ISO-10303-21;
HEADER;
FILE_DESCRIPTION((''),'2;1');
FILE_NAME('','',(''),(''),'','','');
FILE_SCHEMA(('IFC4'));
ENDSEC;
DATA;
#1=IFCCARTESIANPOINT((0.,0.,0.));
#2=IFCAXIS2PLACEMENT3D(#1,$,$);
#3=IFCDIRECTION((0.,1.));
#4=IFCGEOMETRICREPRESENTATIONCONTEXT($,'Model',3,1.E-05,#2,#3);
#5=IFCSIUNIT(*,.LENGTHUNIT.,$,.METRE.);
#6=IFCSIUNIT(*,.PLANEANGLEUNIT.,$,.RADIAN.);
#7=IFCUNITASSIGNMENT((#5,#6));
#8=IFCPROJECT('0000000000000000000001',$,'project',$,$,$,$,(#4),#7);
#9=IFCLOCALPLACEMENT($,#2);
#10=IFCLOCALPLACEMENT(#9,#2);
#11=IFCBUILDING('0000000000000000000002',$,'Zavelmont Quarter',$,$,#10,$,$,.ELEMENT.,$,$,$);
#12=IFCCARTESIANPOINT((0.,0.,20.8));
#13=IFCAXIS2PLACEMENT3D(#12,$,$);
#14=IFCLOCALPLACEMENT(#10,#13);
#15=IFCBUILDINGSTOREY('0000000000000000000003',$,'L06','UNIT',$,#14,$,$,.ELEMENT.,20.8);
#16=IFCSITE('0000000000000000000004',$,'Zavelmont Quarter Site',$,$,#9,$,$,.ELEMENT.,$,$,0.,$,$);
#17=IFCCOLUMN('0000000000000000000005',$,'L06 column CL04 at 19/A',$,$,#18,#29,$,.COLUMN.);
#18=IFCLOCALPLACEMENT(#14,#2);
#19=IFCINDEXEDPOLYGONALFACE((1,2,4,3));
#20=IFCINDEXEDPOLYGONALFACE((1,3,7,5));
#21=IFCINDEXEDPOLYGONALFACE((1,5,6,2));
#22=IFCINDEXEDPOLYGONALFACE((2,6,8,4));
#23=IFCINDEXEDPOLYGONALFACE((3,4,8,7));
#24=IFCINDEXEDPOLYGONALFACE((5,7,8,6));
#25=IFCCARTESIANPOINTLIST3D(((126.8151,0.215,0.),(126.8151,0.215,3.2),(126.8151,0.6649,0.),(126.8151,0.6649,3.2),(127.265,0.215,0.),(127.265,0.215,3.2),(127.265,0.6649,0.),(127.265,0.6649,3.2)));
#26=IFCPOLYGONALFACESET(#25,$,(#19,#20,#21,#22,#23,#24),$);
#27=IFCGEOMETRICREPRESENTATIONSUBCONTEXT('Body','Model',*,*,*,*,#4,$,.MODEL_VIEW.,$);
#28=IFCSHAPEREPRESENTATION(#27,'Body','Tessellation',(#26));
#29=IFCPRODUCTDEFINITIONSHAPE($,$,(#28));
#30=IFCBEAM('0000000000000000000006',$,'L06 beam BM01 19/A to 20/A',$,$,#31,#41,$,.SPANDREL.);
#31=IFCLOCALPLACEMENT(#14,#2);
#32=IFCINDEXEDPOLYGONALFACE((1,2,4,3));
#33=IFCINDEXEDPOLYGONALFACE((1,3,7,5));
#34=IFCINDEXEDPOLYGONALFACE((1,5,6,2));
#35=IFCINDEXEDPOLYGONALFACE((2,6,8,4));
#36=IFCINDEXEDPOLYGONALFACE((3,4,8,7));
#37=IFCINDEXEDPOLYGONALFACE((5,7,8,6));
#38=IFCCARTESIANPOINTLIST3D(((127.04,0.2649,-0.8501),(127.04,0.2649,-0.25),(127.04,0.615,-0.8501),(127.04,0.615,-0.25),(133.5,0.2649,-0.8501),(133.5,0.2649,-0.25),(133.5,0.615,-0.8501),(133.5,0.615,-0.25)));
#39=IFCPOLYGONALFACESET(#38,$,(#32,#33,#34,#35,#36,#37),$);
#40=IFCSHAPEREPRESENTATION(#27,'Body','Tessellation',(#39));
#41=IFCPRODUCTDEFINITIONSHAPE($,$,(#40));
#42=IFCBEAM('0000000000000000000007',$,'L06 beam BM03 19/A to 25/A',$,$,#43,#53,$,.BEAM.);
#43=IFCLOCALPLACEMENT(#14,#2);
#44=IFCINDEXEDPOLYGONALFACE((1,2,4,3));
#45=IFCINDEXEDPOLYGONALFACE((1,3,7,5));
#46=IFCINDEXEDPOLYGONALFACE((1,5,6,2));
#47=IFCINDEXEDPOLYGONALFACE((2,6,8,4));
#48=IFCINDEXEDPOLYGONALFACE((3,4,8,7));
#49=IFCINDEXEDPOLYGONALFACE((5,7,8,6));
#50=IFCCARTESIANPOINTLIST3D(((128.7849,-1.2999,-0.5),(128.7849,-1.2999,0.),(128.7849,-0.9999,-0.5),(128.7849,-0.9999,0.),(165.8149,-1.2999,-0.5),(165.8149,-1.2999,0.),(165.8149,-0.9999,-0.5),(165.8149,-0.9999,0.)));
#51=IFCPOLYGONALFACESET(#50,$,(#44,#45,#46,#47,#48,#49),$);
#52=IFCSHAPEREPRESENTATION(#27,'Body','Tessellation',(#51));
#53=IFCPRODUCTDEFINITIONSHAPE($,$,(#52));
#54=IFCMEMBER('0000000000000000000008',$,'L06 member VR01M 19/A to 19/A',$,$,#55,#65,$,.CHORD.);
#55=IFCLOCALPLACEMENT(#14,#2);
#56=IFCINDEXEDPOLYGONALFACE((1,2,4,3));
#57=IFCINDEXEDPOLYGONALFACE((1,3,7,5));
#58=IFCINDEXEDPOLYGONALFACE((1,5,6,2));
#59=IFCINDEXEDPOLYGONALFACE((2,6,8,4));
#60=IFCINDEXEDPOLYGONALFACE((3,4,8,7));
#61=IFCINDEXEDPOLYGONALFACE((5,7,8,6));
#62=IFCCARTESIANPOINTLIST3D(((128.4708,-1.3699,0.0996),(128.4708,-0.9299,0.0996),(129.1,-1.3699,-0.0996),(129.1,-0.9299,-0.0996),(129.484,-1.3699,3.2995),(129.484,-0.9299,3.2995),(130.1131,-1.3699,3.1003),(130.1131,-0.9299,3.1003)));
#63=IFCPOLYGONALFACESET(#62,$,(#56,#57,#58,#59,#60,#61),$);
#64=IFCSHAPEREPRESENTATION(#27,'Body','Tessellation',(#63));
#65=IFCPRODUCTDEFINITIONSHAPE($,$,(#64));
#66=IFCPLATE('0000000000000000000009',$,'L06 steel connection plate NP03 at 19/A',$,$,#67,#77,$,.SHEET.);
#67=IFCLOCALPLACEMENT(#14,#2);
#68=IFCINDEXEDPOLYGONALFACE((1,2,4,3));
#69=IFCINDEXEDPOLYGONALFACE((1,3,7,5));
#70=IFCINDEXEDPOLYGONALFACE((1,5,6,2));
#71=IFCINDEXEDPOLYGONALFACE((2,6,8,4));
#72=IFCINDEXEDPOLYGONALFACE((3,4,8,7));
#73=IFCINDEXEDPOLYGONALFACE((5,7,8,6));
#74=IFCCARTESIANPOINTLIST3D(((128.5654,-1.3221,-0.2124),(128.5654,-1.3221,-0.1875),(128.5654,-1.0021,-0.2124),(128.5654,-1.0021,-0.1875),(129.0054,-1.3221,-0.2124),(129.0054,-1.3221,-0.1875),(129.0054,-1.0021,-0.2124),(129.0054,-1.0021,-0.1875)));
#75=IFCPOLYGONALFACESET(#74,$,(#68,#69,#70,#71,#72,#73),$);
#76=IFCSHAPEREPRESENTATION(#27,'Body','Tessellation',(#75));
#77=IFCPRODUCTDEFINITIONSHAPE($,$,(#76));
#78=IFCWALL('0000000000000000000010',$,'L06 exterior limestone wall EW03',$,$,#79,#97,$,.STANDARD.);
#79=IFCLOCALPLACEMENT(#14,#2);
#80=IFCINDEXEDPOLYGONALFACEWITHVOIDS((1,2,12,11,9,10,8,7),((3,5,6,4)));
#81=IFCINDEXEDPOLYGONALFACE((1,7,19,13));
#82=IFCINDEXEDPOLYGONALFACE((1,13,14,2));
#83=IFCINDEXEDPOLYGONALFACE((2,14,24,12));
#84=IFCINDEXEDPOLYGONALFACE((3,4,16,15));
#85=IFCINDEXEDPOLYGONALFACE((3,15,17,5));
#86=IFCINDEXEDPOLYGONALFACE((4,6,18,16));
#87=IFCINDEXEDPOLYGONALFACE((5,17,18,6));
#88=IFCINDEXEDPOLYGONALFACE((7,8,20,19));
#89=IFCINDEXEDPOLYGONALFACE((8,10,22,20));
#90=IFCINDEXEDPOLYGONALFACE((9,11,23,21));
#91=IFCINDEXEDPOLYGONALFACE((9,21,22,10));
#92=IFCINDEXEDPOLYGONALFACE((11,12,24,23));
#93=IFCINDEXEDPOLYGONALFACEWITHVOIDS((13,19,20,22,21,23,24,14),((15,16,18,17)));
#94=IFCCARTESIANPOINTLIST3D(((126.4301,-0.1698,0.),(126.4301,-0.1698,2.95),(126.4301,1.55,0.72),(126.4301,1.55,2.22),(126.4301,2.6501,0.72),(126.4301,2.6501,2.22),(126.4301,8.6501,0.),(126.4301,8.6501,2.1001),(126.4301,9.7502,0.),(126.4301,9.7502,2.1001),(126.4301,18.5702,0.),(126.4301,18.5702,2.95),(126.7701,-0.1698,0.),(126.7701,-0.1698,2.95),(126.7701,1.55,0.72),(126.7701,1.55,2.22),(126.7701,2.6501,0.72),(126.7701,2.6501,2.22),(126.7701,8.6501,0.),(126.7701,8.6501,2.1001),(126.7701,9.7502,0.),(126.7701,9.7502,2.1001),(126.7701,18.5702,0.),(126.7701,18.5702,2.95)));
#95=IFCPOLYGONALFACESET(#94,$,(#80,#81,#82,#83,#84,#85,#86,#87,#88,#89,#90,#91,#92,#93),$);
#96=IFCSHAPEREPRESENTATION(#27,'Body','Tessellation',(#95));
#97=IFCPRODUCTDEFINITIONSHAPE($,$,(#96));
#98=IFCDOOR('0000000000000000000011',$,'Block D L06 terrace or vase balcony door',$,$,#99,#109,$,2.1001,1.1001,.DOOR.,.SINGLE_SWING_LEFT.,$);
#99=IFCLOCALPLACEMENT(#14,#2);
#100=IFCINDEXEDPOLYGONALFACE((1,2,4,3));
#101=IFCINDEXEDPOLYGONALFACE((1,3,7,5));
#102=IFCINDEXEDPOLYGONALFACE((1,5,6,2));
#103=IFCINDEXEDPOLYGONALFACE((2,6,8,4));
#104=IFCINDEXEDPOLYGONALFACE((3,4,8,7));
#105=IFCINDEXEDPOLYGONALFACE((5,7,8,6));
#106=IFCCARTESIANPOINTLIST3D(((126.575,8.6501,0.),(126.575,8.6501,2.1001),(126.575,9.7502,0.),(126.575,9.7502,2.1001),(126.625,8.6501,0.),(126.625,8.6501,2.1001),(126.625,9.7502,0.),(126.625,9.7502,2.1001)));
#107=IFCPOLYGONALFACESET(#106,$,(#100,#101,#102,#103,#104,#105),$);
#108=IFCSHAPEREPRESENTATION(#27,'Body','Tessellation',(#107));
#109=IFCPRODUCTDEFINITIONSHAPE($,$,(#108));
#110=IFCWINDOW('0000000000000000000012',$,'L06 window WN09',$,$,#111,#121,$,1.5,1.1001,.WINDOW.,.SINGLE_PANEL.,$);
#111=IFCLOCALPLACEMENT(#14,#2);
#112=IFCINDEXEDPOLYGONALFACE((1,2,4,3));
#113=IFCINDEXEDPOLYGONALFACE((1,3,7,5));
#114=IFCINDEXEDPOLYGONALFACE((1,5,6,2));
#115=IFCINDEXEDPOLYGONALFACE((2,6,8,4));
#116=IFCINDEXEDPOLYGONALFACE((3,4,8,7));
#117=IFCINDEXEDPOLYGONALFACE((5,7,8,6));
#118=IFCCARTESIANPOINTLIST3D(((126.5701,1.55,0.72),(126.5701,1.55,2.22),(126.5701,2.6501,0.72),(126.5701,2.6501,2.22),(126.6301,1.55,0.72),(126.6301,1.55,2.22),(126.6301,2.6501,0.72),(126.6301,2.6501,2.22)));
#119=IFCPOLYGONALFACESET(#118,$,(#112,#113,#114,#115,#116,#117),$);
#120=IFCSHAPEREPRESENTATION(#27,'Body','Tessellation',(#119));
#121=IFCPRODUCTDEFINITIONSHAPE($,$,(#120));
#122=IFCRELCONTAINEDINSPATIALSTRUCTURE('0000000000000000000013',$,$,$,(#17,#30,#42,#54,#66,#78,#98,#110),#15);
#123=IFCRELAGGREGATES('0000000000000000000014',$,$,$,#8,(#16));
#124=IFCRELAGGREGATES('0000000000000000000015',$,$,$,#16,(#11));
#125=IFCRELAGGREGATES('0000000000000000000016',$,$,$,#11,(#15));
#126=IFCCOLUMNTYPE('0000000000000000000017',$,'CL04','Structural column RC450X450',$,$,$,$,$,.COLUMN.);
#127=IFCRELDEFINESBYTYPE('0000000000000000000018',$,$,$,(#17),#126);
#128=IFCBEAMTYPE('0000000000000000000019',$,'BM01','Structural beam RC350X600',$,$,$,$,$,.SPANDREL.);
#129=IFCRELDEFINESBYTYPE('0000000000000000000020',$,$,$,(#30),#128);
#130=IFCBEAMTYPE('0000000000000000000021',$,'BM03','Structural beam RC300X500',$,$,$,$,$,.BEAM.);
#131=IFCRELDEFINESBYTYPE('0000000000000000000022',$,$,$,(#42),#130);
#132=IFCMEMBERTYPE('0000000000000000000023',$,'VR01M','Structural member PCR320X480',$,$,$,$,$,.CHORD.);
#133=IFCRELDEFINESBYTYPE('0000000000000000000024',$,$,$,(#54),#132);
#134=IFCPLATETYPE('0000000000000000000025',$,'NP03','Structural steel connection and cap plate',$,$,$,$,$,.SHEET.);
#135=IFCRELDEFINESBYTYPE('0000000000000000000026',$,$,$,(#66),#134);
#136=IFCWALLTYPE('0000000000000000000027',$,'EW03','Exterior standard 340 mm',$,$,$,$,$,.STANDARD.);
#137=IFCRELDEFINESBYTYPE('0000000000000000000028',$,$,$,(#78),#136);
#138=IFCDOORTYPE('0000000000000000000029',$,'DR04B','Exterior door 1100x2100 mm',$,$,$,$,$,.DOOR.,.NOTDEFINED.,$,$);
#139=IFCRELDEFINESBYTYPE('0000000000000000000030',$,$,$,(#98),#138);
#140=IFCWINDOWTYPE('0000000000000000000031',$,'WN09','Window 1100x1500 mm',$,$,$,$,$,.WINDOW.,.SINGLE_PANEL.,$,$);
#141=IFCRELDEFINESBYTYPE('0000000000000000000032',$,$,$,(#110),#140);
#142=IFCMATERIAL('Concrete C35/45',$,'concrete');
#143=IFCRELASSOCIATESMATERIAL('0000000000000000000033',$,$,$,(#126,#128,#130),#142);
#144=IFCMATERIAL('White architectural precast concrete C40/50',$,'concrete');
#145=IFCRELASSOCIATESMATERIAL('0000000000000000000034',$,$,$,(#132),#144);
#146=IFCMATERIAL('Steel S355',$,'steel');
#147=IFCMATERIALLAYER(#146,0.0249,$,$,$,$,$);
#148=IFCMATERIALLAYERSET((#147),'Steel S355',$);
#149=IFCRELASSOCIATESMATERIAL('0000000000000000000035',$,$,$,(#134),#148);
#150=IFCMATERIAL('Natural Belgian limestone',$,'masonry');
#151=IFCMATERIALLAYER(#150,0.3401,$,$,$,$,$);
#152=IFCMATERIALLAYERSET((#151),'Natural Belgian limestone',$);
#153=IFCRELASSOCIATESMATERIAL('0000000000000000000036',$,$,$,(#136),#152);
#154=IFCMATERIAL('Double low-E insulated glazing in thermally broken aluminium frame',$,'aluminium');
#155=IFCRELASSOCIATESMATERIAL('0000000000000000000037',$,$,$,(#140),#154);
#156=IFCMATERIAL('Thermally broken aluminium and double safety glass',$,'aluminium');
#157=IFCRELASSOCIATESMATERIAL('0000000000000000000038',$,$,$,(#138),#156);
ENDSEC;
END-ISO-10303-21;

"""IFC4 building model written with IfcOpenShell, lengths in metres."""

from ifc_helpers import new_model, si_unit, direction, frame, frame_2d, origin, origin_with_axes, origin_2d, place, context, subcontext, project, spatial, rectangle, extrude, material, layer, layer_set, material_profile, profile_set, type_object, element, fill, save


model = new_model("IFC4")

# Units and contexts
model_context = context("Model", 3, precision=1e-05, world=origin(), true_north=direction((0.0, 1.0)))
body_context = subcontext(model_context, "Body", "Model", "MODEL_VIEW")
ifc_project = project(units=[si_unit("LENGTHUNIT", "METRE"), si_unit("PLANEANGLEUNIT", "RADIAN")], contexts=[model_context])

# Site, building, storey
site_placement = place(None, origin())
site = spatial("IfcSite", under=ifc_project, at=site_placement, Name="Zavelmont Quarter Site", CompositionType="ELEMENT", RefElevation=0.0)
building_placement = place(site_placement, origin())
building = spatial("IfcBuilding", under=site, at=building_placement, Name="Zavelmont Quarter", CompositionType="ELEMENT")
storey_placement = place(building_placement, frame((0.0, 0.0, 20.8)))
storey = spatial("IfcBuildingStorey", under=building, at=storey_placement, Name="L06", Description="UNIT", CompositionType="ELEMENT", Elevation=20.8)

# Column
ifc_material_1 = material(Name="Concrete C35/45", Category="concrete")
ifc_material_profile_1 = material_profile(ifc_material_1, rectangle(XDim=0.45, YDim=0.45, at=origin_2d()), Name="RC450X450")
ifc_profile_set_1 = profile_set([ifc_material_profile_1], Name="Concrete C35/45")
column_type = type_object("IfcColumnType", Name="CL04", Description="Structural column RC450X450", PredefinedType="COLUMN", material=ifc_profile_set_1)
column_placement = place(storey_placement, frame((127.04, 0.4399, 0.0), z_axis=(0.0, 0.0, 1.0), x_axis=(1.0, 0.0, 0.0)))
element("IfcColumn", 1, at=column_placement, inside=storey, type_object=column_type, Name="L06 column CL04 at 19/A", PredefinedType="COLUMN", context=body_context, shape_type="SweptSolid", body=[
    extrude(rectangle(XDim=0.45, YDim=0.45, at=origin_2d()), origin(), (0.0, 0.0, 1.0), 3.2),
])

# Beams
ifc_material_profile_2 = material_profile(ifc_material_1, rectangle(XDim=0.3501, YDim=0.6001, at=origin_2d()), Name="RC350X600")
ifc_profile_set_2 = profile_set([ifc_material_profile_2], Name="Concrete C35/45")
beam_type_1 = type_object("IfcBeamType", Name="BM01", Description="Structural beam RC350X600", PredefinedType="SPANDREL", material=ifc_profile_set_2)
beam_1_placement = place(storey_placement, frame((127.04, 0.4399, -0.55), z_axis=(1.0, 0.0, 0.0), x_axis=(0.0, 1.0, 0.0)))
element("IfcBeam", 2, at=beam_1_placement, inside=storey, type_object=beam_type_1, Name="L06 beam BM01 19/A to 20/A", PredefinedType="SPANDREL", context=body_context, shape_type="SweptSolid", body=[
    extrude(rectangle(XDim=0.3501, YDim=0.6001, at=origin_2d()), origin(), (0.0, 0.0, 1.0), 6.46),
])
ifc_material_profile_3 = material_profile(ifc_material_1, rectangle(XDim=0.3, YDim=0.5, at=origin_2d()), Name="RC300X500")
ifc_profile_set_3 = profile_set([ifc_material_profile_3], Name="Concrete C35/45")
beam_type_2 = type_object("IfcBeamType", Name="BM03", Description="Structural beam RC300X500", PredefinedType="BEAM", material=ifc_profile_set_3)
beam_2_placement = place(storey_placement, frame((128.7849, -1.1499, -0.25), z_axis=(1.0, 0.0, 0.0), x_axis=(0.0, 1.0, 0.0)))
element("IfcBeam", 3, at=beam_2_placement, inside=storey, type_object=beam_type_2, Name="L06 beam BM03 19/A to 25/A", PredefinedType="BEAM", context=body_context, shape_type="SweptSolid", body=[
    extrude(rectangle(XDim=0.3, YDim=0.5, at=origin_2d()), origin(), (0.0, 0.0, 1.0), 37.03),
])

# Member
ifc_material_2 = material(Name="White architectural precast concrete C40/50", Category="concrete")
ifc_material_profile_4 = material_profile(ifc_material_2, rectangle(XDim=0.4399, YDim=0.6599, at=origin_2d()), Name="PCR320X480")
ifc_profile_set_4 = profile_set([ifc_material_profile_4], Name="White architectural precast concrete C40/50")
member_type = type_object("IfcMemberType", Name="VR01M", Description="Structural member PCR320X480", PredefinedType="CHORD", material=ifc_profile_set_4)
member_placement = place(storey_placement, frame((128.7854, -1.1499, 0.0), z_axis=(0.301855, 0.0, 0.953354), x_axis=(0.0, 1.0, 0.0)))
element("IfcMember", 4, at=member_placement, inside=storey, type_object=member_type, Name="L06 member VR01M 19/A to 19/A", PredefinedType="CHORD", context=body_context, shape_type="SweptSolid", body=[
    extrude(rectangle(XDim=0.4399, YDim=0.6599, at=origin_2d()), origin(), (0.0, 0.0, 1.0), 3.3564),
])

# Plate
ifc_material_3 = material(Name="Steel S355", Category="steel")
ifc_layer_1 = layer(ifc_material_3, 0.0249)
ifc_layer_set_1 = layer_set([ifc_layer_1], Name="Steel S355")
plate_type = type_object("IfcPlateType", Name="NP03", Description="Structural steel connection and cap plate", PredefinedType="SHEET", material=ifc_layer_set_1)
plate_placement = place(storey_placement, frame((128.7854, -1.1621, -0.2124), z_axis=(0.0, 0.0, 1.0), x_axis=(1.0, 0.0, 0.0)))
element("IfcPlate", 5, at=plate_placement, inside=storey, type_object=plate_type, Name="L06 steel connection plate NP03 at 19/A", PredefinedType="SHEET", context=body_context, shape_type="SweptSolid", body=[
    extrude(rectangle(XDim=0.4399, YDim=0.3201, at=origin_2d()), origin(), (0.0, 0.0, 1.0), 0.0249),
])

# Shared definitions
ifc_material_4 = material(Name="Natural Belgian limestone", Category="masonry")
ifc_layer_2 = layer(ifc_material_4, 0.3401)
ifc_layer_set_2 = layer_set([ifc_layer_2], Name="Natural Belgian limestone")
wall_type = type_object("IfcWallType", Name="EW03", Description="Exterior standard 340 mm", PredefinedType="STANDARD", material=ifc_layer_set_2)
ifc_material_5 = material(Name="Thermally broken aluminium and double safety glass", Category="aluminium")
ifc_material_6 = material(Name="Double low-E insulated glazing in thermally broken aluminium frame", Category="aluminium")
window_type_1 = type_object("IfcWindowType", Name="WN09", Description="Window 1100x1500 mm", PartitioningType="SINGLE_PANEL", PredefinedType="WINDOW", material=ifc_material_6)

# Wall, openings, door, window
wall_1_placement = place(storey_placement, frame((126.6001, -0.1699, 0.0), z_axis=(0.0, 0.0, 1.0), x_axis=(0.0, 1.0, 0.0)))
wall_1 = element("IfcWall", 6, at=wall_1_placement, inside=storey, type_object=wall_type, Name="L06 exterior limestone wall EW03", PredefinedType="STANDARD", context=body_context, shape_type="SweptSolid", body=[
    extrude(rectangle(XDim=18.74, YDim=0.3401, at=frame_2d((9.3701, 0.0))), origin(), (0.0, 0.0, 1.0), 2.95),
])
opening_1_placement = place(wall_1_placement, frame((8.8201, 0.0, 0.0)))
opening_1 = element("IfcOpeningElement", 7, at=opening_1_placement, cuts=wall_1, PredefinedType="OPENING", context=body_context, shape_type="SweptSolid", body=[
    extrude(rectangle(XDim=1.1001, YDim=2.1001, at=frame_2d((0.55, 1.05))), frame((0.0, 0.1821, 0.0), z_axis=(0.0, -1.0, 0.0), x_axis=(1.0, 0.0, 0.0)), (0.0, 0.0, 1.0), 0.364),
])
opening_2_placement = place(wall_1_placement, frame((1.72, 0.0, 0.72)))
opening_2 = element("IfcOpeningElement", 8, at=opening_2_placement, cuts=wall_1, PredefinedType="OPENING", context=body_context, shape_type="SweptSolid", body=[
    extrude(rectangle(XDim=1.1001, YDim=1.5, at=frame_2d((0.55, 0.75))), frame((0.0, 0.1821, 0.0), z_axis=(0.0, -1.0, 0.0), x_axis=(1.0, 0.0, 0.0)), (0.0, 0.0, 1.0), 0.364),
])
door_type_1 = type_object("IfcDoorType", Name="DR04B", Description="Exterior door 1100x2100 mm", OperationType="NOTDEFINED", PredefinedType="DOOR", material=ifc_material_5)
door_1_placement = place(opening_1_placement, frame((1.1001, 0.0, 0.0), z_axis=(0.0, 0.0, 1.0), x_axis=(-1.0, 0.0, 0.0)))
door_1 = element("IfcDoor", 9, at=door_1_placement, inside=storey, type_object=door_type_1, Name="Block D L06 terrace or vase balcony door", OperationType="SINGLE_SWING_LEFT", OverallHeight=2.1001, OverallWidth=1.1001, PredefinedType="DOOR", context=body_context, shape_type="SweptSolid", body=[
    extrude(rectangle(XDim=1.1001, YDim=2.1001, at=frame_2d((0.55, 1.05))), frame((0.0, 0.0249, 0.0), z_axis=(0.0, -1.0, 0.0), x_axis=(1.0, 0.0, 0.0)), (0.0, 0.0, 1.0), 0.05),
])
fill(opening_1, door_1)
window_1_placement = place(opening_2_placement, origin_with_axes())
window_1 = element("IfcWindow", 10, at=window_1_placement, inside=storey, type_object=window_type_1, Name="L06 window WN09", OverallHeight=1.5, OverallWidth=1.1001, PartitioningType="SINGLE_PANEL", PredefinedType="WINDOW", context=body_context, shape_type="SweptSolid", body=[
    extrude(rectangle(XDim=1.1001, YDim=1.5, at=frame_2d((0.55, 0.75))), frame((0.0, 0.03, 0.0), z_axis=(0.0, -1.0, 0.0), x_axis=(1.0, 0.0, 0.0)), (0.0, 0.0, 1.0), 0.0601),
])
fill(opening_2, window_1)

save(model, "model.ifc")
